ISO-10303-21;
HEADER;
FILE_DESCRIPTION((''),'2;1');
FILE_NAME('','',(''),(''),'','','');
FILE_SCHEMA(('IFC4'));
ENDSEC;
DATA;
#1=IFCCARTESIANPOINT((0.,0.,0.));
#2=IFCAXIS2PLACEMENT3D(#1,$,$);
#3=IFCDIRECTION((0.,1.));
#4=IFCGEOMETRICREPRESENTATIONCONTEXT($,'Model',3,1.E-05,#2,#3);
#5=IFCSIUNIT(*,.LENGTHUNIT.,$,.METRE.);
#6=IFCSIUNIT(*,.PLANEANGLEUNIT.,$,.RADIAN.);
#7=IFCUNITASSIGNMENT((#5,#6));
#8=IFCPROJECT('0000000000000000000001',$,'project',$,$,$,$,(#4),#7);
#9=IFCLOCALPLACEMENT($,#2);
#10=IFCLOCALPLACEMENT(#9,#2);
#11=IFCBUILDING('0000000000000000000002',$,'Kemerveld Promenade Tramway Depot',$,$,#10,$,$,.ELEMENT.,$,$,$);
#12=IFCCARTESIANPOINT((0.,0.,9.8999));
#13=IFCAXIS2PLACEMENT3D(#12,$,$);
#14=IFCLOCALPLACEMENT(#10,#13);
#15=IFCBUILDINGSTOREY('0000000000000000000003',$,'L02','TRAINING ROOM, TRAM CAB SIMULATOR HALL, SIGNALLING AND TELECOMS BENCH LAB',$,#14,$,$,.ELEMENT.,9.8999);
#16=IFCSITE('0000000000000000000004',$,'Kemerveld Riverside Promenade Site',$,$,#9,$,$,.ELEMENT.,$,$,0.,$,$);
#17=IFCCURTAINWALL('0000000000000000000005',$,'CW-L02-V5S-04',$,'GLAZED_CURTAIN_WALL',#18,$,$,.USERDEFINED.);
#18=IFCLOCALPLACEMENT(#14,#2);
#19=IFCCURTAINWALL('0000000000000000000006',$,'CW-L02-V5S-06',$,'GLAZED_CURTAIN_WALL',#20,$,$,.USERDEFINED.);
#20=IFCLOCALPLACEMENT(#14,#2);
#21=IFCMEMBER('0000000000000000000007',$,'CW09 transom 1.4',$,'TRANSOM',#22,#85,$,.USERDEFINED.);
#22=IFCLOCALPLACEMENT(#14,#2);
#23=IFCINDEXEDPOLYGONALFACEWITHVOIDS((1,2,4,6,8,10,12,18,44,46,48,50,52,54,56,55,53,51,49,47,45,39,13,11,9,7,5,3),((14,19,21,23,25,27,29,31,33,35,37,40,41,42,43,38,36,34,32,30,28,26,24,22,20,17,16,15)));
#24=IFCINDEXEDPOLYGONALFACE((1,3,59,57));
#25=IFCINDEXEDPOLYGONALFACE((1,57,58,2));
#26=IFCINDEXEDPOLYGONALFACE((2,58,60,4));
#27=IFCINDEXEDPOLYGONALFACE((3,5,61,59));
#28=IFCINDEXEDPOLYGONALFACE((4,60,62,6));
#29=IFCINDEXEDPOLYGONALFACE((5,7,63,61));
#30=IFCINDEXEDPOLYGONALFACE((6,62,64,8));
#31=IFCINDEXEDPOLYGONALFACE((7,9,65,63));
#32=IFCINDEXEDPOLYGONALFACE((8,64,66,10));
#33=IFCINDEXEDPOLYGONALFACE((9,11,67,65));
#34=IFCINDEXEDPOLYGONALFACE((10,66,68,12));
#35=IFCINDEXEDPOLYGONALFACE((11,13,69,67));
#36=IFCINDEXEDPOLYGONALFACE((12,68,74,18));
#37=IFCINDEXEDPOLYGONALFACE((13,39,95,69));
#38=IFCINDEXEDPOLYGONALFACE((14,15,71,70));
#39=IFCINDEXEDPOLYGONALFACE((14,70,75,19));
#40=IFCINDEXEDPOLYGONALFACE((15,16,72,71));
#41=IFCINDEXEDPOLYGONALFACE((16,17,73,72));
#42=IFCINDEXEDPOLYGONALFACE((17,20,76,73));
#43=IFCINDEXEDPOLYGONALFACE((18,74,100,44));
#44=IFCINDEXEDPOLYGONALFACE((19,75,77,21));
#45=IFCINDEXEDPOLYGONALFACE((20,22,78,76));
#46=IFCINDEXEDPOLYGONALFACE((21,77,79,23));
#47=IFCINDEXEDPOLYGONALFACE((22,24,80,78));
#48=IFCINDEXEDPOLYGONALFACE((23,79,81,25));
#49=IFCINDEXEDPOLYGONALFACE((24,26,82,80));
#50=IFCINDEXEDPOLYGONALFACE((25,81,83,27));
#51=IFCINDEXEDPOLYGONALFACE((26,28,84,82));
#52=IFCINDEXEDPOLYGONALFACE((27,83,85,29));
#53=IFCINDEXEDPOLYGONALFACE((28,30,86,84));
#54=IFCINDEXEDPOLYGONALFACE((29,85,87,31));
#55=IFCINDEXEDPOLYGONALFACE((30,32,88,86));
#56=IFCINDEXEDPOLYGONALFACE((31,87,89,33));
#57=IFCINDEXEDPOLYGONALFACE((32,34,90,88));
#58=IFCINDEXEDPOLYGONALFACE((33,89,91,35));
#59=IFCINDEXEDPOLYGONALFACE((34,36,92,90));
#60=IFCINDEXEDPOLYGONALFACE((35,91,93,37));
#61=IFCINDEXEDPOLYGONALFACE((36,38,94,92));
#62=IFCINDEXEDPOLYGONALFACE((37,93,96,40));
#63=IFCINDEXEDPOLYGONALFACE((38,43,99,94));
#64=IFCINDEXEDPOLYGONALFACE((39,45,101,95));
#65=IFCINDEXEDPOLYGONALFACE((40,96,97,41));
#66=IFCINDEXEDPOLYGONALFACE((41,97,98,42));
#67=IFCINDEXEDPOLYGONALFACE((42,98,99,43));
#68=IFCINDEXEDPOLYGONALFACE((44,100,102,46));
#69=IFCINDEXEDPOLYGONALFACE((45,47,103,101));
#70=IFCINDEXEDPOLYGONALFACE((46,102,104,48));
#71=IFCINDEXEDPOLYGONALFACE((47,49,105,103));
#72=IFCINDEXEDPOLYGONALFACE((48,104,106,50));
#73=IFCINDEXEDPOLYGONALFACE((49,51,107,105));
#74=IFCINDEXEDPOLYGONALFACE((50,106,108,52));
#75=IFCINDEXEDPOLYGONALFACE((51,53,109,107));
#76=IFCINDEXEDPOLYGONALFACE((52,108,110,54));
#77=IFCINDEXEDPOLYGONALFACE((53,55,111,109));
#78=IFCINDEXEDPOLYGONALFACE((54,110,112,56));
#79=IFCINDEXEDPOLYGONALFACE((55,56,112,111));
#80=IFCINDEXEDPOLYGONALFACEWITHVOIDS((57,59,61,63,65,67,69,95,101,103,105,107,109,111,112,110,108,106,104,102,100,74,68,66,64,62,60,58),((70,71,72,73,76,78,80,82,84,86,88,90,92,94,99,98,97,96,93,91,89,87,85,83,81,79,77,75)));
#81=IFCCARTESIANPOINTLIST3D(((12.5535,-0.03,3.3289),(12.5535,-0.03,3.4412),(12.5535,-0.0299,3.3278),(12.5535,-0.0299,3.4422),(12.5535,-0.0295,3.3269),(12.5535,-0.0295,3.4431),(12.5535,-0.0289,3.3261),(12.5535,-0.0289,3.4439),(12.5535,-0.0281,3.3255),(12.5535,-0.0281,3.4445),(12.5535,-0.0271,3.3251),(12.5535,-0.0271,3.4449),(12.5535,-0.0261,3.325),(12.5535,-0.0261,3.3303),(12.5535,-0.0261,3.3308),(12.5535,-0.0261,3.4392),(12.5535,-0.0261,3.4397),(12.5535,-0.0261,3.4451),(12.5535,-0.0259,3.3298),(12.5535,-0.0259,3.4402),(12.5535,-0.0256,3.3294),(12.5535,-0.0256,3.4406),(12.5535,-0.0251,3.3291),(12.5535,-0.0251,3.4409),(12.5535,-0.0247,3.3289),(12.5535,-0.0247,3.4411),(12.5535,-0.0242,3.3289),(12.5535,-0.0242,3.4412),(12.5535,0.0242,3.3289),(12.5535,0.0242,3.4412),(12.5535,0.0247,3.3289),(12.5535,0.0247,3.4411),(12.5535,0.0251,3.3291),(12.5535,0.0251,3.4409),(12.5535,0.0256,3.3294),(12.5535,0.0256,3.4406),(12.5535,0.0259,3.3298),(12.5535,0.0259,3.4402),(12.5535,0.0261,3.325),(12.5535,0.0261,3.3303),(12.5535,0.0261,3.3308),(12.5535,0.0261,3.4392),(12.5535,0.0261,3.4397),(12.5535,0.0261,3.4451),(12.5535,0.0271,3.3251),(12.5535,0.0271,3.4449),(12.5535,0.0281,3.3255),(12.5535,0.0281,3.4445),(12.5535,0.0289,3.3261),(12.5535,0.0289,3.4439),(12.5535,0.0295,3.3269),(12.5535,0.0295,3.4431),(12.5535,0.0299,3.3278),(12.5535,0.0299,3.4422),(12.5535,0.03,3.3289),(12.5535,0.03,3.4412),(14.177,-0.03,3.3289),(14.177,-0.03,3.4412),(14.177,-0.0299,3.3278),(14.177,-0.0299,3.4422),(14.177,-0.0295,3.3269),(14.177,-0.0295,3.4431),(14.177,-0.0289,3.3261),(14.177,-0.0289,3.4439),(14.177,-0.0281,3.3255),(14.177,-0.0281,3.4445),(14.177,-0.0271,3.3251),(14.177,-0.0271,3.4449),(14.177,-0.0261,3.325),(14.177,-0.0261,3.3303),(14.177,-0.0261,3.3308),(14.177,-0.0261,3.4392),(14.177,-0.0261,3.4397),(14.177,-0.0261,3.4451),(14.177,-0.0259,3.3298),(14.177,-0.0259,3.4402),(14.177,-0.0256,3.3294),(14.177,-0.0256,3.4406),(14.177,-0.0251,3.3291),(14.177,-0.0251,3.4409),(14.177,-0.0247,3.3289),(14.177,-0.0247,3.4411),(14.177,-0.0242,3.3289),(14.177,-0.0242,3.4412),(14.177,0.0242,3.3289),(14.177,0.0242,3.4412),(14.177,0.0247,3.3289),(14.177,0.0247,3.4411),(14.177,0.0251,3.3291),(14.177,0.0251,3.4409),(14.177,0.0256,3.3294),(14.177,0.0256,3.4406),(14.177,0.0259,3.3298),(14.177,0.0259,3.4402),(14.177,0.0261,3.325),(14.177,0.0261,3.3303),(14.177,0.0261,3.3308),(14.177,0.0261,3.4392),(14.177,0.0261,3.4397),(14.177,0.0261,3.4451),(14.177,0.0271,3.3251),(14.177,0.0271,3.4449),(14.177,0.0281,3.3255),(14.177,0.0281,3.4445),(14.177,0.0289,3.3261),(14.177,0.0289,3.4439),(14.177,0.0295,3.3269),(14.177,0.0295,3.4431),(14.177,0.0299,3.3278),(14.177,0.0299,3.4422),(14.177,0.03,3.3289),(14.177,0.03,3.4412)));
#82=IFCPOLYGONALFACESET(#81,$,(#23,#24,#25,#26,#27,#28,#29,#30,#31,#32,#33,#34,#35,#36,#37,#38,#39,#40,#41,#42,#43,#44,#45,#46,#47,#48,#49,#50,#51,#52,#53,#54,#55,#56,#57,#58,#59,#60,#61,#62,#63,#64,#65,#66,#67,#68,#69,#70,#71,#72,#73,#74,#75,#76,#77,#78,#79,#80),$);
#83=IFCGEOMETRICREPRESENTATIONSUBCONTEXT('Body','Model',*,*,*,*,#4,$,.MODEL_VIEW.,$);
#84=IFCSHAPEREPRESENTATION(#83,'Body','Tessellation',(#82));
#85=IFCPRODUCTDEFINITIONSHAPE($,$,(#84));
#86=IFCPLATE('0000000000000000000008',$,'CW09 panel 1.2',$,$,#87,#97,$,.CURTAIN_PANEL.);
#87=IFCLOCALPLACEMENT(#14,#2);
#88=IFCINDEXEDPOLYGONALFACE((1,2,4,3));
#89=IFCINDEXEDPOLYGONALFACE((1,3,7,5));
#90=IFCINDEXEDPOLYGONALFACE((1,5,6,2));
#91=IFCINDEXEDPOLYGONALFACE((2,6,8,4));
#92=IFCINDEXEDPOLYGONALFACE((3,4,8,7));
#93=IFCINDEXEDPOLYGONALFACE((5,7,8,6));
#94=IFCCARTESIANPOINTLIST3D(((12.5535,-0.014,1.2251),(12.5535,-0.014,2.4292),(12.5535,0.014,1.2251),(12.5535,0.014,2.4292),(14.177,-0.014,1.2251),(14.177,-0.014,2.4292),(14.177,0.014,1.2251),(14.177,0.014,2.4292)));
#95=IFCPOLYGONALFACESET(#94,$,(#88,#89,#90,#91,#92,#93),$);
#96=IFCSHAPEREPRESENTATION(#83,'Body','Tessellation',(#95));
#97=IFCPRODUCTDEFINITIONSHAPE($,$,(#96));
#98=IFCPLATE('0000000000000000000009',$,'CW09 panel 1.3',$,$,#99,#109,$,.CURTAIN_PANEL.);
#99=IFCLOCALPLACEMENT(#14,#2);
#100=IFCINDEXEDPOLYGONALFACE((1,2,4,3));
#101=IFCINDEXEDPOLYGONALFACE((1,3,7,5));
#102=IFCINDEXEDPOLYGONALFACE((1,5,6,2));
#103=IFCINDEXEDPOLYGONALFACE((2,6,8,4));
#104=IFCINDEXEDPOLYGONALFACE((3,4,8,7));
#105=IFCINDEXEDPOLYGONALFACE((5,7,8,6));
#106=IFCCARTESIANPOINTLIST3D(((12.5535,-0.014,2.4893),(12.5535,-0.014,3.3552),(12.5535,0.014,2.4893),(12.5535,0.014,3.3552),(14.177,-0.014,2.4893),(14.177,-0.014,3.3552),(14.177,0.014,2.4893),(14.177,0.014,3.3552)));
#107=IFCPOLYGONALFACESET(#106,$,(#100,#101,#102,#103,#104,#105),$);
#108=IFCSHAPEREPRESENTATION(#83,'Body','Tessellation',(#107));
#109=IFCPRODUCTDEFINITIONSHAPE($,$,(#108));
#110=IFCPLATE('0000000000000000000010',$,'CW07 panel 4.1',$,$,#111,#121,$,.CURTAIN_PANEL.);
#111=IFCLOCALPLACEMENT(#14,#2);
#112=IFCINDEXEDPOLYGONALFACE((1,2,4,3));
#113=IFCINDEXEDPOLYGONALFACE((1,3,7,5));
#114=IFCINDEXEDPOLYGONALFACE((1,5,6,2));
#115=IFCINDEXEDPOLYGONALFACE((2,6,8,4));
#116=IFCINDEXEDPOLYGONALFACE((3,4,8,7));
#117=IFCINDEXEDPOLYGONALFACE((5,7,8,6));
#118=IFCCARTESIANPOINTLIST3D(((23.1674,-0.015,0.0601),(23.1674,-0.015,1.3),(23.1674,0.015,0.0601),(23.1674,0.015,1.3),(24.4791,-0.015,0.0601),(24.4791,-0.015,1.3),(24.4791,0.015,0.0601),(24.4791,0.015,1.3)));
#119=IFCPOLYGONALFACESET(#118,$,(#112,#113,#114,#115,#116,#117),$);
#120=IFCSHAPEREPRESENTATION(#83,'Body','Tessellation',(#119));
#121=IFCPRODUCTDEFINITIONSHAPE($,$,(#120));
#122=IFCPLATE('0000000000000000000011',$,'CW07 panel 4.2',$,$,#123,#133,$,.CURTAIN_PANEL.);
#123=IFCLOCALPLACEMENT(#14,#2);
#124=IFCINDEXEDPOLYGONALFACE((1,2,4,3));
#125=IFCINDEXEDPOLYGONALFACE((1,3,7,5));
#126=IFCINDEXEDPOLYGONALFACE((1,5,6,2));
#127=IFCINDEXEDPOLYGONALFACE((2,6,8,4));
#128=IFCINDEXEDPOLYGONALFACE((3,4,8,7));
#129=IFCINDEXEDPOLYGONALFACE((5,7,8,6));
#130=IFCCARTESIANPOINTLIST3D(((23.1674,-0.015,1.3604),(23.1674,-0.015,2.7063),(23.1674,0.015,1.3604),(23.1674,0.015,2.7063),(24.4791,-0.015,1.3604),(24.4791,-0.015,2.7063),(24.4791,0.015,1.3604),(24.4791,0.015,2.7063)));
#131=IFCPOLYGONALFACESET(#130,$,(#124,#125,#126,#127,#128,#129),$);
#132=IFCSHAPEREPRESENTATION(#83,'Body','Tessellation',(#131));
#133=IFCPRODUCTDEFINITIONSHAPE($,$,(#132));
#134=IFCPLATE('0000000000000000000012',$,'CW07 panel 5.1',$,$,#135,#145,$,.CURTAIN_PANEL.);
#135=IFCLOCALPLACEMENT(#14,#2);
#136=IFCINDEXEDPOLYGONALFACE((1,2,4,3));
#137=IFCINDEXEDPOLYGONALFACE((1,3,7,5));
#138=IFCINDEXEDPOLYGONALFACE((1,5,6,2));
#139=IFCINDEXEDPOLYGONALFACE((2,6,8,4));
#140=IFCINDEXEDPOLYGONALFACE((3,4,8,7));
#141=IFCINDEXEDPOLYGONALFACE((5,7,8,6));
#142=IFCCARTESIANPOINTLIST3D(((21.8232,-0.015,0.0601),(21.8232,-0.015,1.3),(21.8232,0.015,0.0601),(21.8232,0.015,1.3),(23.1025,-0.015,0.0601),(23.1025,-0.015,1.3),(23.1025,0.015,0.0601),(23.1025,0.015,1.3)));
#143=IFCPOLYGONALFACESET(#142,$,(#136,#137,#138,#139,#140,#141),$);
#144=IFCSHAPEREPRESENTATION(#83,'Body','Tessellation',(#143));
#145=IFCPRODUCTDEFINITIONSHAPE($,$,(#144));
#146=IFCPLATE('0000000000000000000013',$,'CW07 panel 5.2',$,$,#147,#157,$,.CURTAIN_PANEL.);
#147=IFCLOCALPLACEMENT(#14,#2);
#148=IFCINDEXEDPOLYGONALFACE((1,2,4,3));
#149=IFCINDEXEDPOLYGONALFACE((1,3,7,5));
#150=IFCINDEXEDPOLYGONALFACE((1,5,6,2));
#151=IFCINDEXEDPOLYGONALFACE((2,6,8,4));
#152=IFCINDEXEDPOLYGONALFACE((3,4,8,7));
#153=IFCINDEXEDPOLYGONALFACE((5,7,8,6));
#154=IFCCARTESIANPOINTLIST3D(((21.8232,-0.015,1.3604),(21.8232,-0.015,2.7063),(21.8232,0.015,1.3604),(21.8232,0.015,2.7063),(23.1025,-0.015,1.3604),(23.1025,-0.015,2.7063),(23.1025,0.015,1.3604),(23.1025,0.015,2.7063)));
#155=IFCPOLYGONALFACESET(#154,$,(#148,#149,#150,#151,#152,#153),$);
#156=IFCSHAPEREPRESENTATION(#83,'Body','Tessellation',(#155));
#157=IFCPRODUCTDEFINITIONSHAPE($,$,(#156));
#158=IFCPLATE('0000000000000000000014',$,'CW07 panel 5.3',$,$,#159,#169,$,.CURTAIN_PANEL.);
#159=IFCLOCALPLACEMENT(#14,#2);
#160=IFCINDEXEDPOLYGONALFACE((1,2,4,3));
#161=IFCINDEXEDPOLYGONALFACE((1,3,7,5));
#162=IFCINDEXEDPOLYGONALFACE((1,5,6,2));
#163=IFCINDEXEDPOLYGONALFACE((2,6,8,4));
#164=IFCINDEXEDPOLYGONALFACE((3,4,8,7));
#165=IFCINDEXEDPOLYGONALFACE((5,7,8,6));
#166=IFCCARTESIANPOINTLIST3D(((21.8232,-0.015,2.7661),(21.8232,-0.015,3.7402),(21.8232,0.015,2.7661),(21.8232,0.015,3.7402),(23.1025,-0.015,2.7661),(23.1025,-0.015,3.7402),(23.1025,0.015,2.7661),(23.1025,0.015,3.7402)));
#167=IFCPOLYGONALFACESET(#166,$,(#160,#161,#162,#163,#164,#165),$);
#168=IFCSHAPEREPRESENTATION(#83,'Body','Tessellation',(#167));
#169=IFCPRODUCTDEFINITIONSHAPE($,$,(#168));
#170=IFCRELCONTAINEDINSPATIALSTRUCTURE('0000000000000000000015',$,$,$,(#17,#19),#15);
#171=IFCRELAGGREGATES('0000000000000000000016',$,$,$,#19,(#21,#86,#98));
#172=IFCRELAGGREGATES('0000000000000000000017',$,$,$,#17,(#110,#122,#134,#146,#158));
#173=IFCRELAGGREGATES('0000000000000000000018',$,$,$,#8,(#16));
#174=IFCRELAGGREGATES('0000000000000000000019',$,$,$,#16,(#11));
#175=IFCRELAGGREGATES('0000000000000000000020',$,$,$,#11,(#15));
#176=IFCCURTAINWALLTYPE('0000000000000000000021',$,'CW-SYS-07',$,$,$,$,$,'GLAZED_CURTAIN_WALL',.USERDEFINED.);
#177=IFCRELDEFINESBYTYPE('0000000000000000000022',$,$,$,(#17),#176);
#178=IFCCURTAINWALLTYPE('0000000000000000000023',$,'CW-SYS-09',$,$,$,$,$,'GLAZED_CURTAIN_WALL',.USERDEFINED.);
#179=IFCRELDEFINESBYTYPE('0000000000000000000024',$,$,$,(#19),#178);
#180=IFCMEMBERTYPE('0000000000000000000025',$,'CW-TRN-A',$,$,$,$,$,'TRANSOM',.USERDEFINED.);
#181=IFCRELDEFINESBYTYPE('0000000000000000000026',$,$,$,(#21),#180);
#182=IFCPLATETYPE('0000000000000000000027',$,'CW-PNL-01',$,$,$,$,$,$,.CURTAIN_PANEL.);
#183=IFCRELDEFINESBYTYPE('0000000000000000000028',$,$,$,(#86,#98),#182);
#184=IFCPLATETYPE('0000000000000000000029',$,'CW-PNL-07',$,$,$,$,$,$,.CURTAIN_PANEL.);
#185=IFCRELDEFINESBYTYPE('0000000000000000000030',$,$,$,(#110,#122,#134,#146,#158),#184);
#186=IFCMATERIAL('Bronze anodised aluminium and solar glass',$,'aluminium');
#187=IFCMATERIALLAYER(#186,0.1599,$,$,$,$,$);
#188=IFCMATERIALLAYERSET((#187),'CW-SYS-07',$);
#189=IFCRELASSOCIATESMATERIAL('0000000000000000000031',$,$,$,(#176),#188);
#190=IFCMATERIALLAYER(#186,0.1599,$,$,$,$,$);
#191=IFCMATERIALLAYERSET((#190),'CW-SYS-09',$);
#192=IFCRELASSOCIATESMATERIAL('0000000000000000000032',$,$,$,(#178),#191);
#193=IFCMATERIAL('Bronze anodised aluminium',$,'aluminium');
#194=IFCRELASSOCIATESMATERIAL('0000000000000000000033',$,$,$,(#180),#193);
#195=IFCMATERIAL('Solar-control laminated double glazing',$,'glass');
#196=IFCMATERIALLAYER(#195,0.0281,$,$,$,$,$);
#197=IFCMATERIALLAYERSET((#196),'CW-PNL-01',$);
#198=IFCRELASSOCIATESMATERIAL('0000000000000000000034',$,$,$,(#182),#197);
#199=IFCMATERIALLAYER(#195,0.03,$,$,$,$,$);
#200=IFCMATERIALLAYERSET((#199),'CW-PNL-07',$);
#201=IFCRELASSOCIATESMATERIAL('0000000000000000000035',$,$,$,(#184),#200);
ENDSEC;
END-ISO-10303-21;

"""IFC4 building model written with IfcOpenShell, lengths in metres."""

from ifc_helpers import new_model, si_unit, direction, frame, origin, origin_2d, place, context, subcontext, project, spatial, rectangle, hollow_rectangle, extrude, material, layer, layer_set, material_profile, profile_set, type_object, element, aggregate, save


model = new_model("IFC4")

# Units and contexts
model_context = context("Model", 3, precision=1e-05, world=origin(), true_north=direction((0.0, 1.0)))
body_context = subcontext(model_context, "Body", "Model", "MODEL_VIEW")
ifc_project = project(units=[si_unit("LENGTHUNIT", "METRE"), si_unit("PLANEANGLEUNIT", "RADIAN")], contexts=[model_context])

# Site, building, storey
site_placement = place(None, origin())
site = spatial("IfcSite", under=ifc_project, at=site_placement, Name="Kemerveld Riverside Promenade Site", CompositionType="ELEMENT", RefElevation=0.0)
building_placement = place(site_placement, origin())
building = spatial("IfcBuilding", under=site, at=building_placement, Name="Kemerveld Promenade Tramway Depot", CompositionType="ELEMENT")
storey_placement = place(building_placement, frame((0.0, 0.0, 9.8999)))
storey = spatial("IfcBuildingStorey", under=building, at=storey_placement, Name="L02", Description="TRAINING ROOM, TRAM CAB SIMULATOR HALL, SIGNALLING AND TELECOMS BENCH LAB", CompositionType="ELEMENT", Elevation=9.8999)

# Curtain wall
ifc_material_1 = material(Name="Bronze anodised aluminium and solar glass", Category="aluminium")
ifc_layer_1 = layer(ifc_material_1, 0.1599)
ifc_layer_set_1 = layer_set([ifc_layer_1], Name="CW-SYS-07")
curtain_wall_type_1 = type_object("IfcCurtainWallType", Name="CW-SYS-07", ElementType="GLAZED_CURTAIN_WALL", PredefinedType="USERDEFINED", material=ifc_layer_set_1)
curtain_wall_1_placement = place(storey_placement, origin())
curtain_wall_1 = element("IfcCurtainWall", 1, at=curtain_wall_1_placement, inside=storey, type_object=curtain_wall_type_1, Name="CW-L02-V5S-04", ObjectType="GLAZED_CURTAIN_WALL", PredefinedType="USERDEFINED")
ifc_material_2 = material(Name="Bronze anodised aluminium", Category="aluminium")

# Curtain wall
ifc_layer_2 = layer(ifc_material_1, 0.1599)
ifc_layer_set_2 = layer_set([ifc_layer_2], Name="CW-SYS-09")
curtain_wall_type_2 = type_object("IfcCurtainWallType", Name="CW-SYS-09", ElementType="GLAZED_CURTAIN_WALL", PredefinedType="USERDEFINED", material=ifc_layer_set_2)
curtain_wall_2_placement = place(storey_placement, origin())
curtain_wall_2 = element("IfcCurtainWall", 2, at=curtain_wall_2_placement, inside=storey, type_object=curtain_wall_type_2, Name="CW-L02-V5S-06", ObjectType="GLAZED_CURTAIN_WALL", PredefinedType="USERDEFINED")

# Member
ifc_material_profile_1 = material_profile(ifc_material_2, hollow_rectangle(XDim=0.0601, YDim=0.1201, WallThickness=0.0039, InnerFilletRadius=0.002, OuterFilletRadius=0.0039, at=origin_2d()), Name="CW-TRN-120x60")
ifc_profile_set_1 = profile_set([ifc_material_profile_1], Name="Bronze anodised aluminium")
member_type_1 = type_object("IfcMemberType", Name="CW-TRN-A", ElementType="TRANSOM", PredefinedType="USERDEFINED", material=ifc_profile_set_1)
member_1_placement = place(storey_placement, frame((14.177, 0.0, 3.385), z_axis=(-1.0, 0.0, 0.0), x_axis=(0.0, -1.0, 0.0)))
member_1 = element("IfcMember", 3, at=member_1_placement, type_object=member_type_1, Name="CW09 transom 1.4", ObjectType="TRANSOM", PredefinedType="USERDEFINED", context=body_context, shape_type="SweptSolid", body=[
    extrude(hollow_rectangle(XDim=0.0601, YDim=0.1201, WallThickness=0.0039, InnerFilletRadius=0.002, OuterFilletRadius=0.0039, at=origin_2d()), origin(), (0.0, 0.0, 1.0), 1.6235),
])

# Plates
ifc_material_3 = material(Name="Solar-control laminated double glazing", Category="glass")
ifc_layer_3 = layer(ifc_material_3, 0.0281)
ifc_layer_set_3 = layer_set([ifc_layer_3], Name="CW-PNL-01")
plate_type_1 = type_object("IfcPlateType", Name="CW-PNL-01", PredefinedType="CURTAIN_PANEL", material=ifc_layer_set_3)
plate_1_placement = place(storey_placement, frame((13.3652, 0.0, 1.2251), z_axis=(0.0, 0.0, 1.0), x_axis=(-1.0, 0.0, 0.0)))
plate_1 = element("IfcPlate", 4, at=plate_1_placement, type_object=plate_type_1, Name="CW09 panel 1.2", PredefinedType="CURTAIN_PANEL", context=body_context, shape_type="SweptSolid", body=[
    extrude(rectangle(XDim=1.6235, YDim=0.0281, at=origin_2d()), origin(), (0.0, 0.0, 1.0), 1.2041),
])
plate_2_placement = place(storey_placement, frame((13.3652, 0.0, 2.4893), z_axis=(0.0, 0.0, 1.0), x_axis=(-1.0, 0.0, 0.0)))
plate_2 = element("IfcPlate", 5, at=plate_2_placement, type_object=plate_type_1, Name="CW09 panel 1.3", PredefinedType="CURTAIN_PANEL", context=body_context, shape_type="SweptSolid", body=[
    extrude(rectangle(XDim=1.6235, YDim=0.0281, at=origin_2d()), origin(), (0.0, 0.0, 1.0), 0.866),
])
aggregate(curtain_wall_2, [member_1, plate_1, plate_2])
ifc_layer_4 = layer(ifc_material_3, 0.03)
ifc_layer_set_4 = layer_set([ifc_layer_4], Name="CW-PNL-07")
plate_type_2 = type_object("IfcPlateType", Name="CW-PNL-07", PredefinedType="CURTAIN_PANEL", material=ifc_layer_set_4)
plate_3_placement = place(storey_placement, frame((23.8232, 0.0, 0.0601), z_axis=(0.0, 0.0, 1.0), x_axis=(-1.0, 0.0, 0.0)))
plate_3 = element("IfcPlate", 6, at=plate_3_placement, type_object=plate_type_2, Name="CW07 panel 4.1", PredefinedType="CURTAIN_PANEL", context=body_context, shape_type="SweptSolid", body=[
    extrude(rectangle(XDim=1.3118, YDim=0.03, at=origin_2d()), origin(), (0.0, 0.0, 1.0), 1.24),
])
plate_4_placement = place(storey_placement, frame((23.8232, 0.0, 1.3604), z_axis=(0.0, 0.0, 1.0), x_axis=(-1.0, 0.0, 0.0)))
plate_4 = element("IfcPlate", 7, at=plate_4_placement, type_object=plate_type_2, Name="CW07 panel 4.2", PredefinedType="CURTAIN_PANEL", context=body_context, shape_type="SweptSolid", body=[
    extrude(rectangle(XDim=1.3118, YDim=0.03, at=origin_2d()), origin(), (0.0, 0.0, 1.0), 1.3459),
])
plate_5_placement = place(storey_placement, frame((22.4629, 0.0, 0.0601), z_axis=(0.0, 0.0, 1.0), x_axis=(-1.0, 0.0, 0.0)))
plate_5 = element("IfcPlate", 8, at=plate_5_placement, type_object=plate_type_2, Name="CW07 panel 5.1", PredefinedType="CURTAIN_PANEL", context=body_context, shape_type="SweptSolid", body=[
    extrude(rectangle(XDim=1.2793, YDim=0.03, at=origin_2d()), origin(), (0.0, 0.0, 1.0), 1.24),
])
plate_6_placement = place(storey_placement, frame((22.4629, 0.0, 1.3604), z_axis=(0.0, 0.0, 1.0), x_axis=(-1.0, 0.0, 0.0)))
plate_6 = element("IfcPlate", 9, at=plate_6_placement, type_object=plate_type_2, Name="CW07 panel 5.2", PredefinedType="CURTAIN_PANEL", context=body_context, shape_type="SweptSolid", body=[
    extrude(rectangle(XDim=1.2793, YDim=0.03, at=origin_2d()), origin(), (0.0, 0.0, 1.0), 1.3459),
])
plate_7_placement = place(storey_placement, frame((22.4629, 0.0, 2.7661), z_axis=(0.0, 0.0, 1.0), x_axis=(-1.0, 0.0, 0.0)))
plate_7 = element("IfcPlate", 10, at=plate_7_placement, type_object=plate_type_2, Name="CW07 panel 5.3", PredefinedType="CURTAIN_PANEL", context=body_context, shape_type="SweptSolid", body=[
    extrude(rectangle(XDim=1.2793, YDim=0.03, at=origin_2d()), origin(), (0.0, 0.0, 1.0), 0.9741),
])
aggregate(curtain_wall_1, [plate_3, plate_4, plate_5, plate_6, plate_7])

save(model, "model.ifc")
